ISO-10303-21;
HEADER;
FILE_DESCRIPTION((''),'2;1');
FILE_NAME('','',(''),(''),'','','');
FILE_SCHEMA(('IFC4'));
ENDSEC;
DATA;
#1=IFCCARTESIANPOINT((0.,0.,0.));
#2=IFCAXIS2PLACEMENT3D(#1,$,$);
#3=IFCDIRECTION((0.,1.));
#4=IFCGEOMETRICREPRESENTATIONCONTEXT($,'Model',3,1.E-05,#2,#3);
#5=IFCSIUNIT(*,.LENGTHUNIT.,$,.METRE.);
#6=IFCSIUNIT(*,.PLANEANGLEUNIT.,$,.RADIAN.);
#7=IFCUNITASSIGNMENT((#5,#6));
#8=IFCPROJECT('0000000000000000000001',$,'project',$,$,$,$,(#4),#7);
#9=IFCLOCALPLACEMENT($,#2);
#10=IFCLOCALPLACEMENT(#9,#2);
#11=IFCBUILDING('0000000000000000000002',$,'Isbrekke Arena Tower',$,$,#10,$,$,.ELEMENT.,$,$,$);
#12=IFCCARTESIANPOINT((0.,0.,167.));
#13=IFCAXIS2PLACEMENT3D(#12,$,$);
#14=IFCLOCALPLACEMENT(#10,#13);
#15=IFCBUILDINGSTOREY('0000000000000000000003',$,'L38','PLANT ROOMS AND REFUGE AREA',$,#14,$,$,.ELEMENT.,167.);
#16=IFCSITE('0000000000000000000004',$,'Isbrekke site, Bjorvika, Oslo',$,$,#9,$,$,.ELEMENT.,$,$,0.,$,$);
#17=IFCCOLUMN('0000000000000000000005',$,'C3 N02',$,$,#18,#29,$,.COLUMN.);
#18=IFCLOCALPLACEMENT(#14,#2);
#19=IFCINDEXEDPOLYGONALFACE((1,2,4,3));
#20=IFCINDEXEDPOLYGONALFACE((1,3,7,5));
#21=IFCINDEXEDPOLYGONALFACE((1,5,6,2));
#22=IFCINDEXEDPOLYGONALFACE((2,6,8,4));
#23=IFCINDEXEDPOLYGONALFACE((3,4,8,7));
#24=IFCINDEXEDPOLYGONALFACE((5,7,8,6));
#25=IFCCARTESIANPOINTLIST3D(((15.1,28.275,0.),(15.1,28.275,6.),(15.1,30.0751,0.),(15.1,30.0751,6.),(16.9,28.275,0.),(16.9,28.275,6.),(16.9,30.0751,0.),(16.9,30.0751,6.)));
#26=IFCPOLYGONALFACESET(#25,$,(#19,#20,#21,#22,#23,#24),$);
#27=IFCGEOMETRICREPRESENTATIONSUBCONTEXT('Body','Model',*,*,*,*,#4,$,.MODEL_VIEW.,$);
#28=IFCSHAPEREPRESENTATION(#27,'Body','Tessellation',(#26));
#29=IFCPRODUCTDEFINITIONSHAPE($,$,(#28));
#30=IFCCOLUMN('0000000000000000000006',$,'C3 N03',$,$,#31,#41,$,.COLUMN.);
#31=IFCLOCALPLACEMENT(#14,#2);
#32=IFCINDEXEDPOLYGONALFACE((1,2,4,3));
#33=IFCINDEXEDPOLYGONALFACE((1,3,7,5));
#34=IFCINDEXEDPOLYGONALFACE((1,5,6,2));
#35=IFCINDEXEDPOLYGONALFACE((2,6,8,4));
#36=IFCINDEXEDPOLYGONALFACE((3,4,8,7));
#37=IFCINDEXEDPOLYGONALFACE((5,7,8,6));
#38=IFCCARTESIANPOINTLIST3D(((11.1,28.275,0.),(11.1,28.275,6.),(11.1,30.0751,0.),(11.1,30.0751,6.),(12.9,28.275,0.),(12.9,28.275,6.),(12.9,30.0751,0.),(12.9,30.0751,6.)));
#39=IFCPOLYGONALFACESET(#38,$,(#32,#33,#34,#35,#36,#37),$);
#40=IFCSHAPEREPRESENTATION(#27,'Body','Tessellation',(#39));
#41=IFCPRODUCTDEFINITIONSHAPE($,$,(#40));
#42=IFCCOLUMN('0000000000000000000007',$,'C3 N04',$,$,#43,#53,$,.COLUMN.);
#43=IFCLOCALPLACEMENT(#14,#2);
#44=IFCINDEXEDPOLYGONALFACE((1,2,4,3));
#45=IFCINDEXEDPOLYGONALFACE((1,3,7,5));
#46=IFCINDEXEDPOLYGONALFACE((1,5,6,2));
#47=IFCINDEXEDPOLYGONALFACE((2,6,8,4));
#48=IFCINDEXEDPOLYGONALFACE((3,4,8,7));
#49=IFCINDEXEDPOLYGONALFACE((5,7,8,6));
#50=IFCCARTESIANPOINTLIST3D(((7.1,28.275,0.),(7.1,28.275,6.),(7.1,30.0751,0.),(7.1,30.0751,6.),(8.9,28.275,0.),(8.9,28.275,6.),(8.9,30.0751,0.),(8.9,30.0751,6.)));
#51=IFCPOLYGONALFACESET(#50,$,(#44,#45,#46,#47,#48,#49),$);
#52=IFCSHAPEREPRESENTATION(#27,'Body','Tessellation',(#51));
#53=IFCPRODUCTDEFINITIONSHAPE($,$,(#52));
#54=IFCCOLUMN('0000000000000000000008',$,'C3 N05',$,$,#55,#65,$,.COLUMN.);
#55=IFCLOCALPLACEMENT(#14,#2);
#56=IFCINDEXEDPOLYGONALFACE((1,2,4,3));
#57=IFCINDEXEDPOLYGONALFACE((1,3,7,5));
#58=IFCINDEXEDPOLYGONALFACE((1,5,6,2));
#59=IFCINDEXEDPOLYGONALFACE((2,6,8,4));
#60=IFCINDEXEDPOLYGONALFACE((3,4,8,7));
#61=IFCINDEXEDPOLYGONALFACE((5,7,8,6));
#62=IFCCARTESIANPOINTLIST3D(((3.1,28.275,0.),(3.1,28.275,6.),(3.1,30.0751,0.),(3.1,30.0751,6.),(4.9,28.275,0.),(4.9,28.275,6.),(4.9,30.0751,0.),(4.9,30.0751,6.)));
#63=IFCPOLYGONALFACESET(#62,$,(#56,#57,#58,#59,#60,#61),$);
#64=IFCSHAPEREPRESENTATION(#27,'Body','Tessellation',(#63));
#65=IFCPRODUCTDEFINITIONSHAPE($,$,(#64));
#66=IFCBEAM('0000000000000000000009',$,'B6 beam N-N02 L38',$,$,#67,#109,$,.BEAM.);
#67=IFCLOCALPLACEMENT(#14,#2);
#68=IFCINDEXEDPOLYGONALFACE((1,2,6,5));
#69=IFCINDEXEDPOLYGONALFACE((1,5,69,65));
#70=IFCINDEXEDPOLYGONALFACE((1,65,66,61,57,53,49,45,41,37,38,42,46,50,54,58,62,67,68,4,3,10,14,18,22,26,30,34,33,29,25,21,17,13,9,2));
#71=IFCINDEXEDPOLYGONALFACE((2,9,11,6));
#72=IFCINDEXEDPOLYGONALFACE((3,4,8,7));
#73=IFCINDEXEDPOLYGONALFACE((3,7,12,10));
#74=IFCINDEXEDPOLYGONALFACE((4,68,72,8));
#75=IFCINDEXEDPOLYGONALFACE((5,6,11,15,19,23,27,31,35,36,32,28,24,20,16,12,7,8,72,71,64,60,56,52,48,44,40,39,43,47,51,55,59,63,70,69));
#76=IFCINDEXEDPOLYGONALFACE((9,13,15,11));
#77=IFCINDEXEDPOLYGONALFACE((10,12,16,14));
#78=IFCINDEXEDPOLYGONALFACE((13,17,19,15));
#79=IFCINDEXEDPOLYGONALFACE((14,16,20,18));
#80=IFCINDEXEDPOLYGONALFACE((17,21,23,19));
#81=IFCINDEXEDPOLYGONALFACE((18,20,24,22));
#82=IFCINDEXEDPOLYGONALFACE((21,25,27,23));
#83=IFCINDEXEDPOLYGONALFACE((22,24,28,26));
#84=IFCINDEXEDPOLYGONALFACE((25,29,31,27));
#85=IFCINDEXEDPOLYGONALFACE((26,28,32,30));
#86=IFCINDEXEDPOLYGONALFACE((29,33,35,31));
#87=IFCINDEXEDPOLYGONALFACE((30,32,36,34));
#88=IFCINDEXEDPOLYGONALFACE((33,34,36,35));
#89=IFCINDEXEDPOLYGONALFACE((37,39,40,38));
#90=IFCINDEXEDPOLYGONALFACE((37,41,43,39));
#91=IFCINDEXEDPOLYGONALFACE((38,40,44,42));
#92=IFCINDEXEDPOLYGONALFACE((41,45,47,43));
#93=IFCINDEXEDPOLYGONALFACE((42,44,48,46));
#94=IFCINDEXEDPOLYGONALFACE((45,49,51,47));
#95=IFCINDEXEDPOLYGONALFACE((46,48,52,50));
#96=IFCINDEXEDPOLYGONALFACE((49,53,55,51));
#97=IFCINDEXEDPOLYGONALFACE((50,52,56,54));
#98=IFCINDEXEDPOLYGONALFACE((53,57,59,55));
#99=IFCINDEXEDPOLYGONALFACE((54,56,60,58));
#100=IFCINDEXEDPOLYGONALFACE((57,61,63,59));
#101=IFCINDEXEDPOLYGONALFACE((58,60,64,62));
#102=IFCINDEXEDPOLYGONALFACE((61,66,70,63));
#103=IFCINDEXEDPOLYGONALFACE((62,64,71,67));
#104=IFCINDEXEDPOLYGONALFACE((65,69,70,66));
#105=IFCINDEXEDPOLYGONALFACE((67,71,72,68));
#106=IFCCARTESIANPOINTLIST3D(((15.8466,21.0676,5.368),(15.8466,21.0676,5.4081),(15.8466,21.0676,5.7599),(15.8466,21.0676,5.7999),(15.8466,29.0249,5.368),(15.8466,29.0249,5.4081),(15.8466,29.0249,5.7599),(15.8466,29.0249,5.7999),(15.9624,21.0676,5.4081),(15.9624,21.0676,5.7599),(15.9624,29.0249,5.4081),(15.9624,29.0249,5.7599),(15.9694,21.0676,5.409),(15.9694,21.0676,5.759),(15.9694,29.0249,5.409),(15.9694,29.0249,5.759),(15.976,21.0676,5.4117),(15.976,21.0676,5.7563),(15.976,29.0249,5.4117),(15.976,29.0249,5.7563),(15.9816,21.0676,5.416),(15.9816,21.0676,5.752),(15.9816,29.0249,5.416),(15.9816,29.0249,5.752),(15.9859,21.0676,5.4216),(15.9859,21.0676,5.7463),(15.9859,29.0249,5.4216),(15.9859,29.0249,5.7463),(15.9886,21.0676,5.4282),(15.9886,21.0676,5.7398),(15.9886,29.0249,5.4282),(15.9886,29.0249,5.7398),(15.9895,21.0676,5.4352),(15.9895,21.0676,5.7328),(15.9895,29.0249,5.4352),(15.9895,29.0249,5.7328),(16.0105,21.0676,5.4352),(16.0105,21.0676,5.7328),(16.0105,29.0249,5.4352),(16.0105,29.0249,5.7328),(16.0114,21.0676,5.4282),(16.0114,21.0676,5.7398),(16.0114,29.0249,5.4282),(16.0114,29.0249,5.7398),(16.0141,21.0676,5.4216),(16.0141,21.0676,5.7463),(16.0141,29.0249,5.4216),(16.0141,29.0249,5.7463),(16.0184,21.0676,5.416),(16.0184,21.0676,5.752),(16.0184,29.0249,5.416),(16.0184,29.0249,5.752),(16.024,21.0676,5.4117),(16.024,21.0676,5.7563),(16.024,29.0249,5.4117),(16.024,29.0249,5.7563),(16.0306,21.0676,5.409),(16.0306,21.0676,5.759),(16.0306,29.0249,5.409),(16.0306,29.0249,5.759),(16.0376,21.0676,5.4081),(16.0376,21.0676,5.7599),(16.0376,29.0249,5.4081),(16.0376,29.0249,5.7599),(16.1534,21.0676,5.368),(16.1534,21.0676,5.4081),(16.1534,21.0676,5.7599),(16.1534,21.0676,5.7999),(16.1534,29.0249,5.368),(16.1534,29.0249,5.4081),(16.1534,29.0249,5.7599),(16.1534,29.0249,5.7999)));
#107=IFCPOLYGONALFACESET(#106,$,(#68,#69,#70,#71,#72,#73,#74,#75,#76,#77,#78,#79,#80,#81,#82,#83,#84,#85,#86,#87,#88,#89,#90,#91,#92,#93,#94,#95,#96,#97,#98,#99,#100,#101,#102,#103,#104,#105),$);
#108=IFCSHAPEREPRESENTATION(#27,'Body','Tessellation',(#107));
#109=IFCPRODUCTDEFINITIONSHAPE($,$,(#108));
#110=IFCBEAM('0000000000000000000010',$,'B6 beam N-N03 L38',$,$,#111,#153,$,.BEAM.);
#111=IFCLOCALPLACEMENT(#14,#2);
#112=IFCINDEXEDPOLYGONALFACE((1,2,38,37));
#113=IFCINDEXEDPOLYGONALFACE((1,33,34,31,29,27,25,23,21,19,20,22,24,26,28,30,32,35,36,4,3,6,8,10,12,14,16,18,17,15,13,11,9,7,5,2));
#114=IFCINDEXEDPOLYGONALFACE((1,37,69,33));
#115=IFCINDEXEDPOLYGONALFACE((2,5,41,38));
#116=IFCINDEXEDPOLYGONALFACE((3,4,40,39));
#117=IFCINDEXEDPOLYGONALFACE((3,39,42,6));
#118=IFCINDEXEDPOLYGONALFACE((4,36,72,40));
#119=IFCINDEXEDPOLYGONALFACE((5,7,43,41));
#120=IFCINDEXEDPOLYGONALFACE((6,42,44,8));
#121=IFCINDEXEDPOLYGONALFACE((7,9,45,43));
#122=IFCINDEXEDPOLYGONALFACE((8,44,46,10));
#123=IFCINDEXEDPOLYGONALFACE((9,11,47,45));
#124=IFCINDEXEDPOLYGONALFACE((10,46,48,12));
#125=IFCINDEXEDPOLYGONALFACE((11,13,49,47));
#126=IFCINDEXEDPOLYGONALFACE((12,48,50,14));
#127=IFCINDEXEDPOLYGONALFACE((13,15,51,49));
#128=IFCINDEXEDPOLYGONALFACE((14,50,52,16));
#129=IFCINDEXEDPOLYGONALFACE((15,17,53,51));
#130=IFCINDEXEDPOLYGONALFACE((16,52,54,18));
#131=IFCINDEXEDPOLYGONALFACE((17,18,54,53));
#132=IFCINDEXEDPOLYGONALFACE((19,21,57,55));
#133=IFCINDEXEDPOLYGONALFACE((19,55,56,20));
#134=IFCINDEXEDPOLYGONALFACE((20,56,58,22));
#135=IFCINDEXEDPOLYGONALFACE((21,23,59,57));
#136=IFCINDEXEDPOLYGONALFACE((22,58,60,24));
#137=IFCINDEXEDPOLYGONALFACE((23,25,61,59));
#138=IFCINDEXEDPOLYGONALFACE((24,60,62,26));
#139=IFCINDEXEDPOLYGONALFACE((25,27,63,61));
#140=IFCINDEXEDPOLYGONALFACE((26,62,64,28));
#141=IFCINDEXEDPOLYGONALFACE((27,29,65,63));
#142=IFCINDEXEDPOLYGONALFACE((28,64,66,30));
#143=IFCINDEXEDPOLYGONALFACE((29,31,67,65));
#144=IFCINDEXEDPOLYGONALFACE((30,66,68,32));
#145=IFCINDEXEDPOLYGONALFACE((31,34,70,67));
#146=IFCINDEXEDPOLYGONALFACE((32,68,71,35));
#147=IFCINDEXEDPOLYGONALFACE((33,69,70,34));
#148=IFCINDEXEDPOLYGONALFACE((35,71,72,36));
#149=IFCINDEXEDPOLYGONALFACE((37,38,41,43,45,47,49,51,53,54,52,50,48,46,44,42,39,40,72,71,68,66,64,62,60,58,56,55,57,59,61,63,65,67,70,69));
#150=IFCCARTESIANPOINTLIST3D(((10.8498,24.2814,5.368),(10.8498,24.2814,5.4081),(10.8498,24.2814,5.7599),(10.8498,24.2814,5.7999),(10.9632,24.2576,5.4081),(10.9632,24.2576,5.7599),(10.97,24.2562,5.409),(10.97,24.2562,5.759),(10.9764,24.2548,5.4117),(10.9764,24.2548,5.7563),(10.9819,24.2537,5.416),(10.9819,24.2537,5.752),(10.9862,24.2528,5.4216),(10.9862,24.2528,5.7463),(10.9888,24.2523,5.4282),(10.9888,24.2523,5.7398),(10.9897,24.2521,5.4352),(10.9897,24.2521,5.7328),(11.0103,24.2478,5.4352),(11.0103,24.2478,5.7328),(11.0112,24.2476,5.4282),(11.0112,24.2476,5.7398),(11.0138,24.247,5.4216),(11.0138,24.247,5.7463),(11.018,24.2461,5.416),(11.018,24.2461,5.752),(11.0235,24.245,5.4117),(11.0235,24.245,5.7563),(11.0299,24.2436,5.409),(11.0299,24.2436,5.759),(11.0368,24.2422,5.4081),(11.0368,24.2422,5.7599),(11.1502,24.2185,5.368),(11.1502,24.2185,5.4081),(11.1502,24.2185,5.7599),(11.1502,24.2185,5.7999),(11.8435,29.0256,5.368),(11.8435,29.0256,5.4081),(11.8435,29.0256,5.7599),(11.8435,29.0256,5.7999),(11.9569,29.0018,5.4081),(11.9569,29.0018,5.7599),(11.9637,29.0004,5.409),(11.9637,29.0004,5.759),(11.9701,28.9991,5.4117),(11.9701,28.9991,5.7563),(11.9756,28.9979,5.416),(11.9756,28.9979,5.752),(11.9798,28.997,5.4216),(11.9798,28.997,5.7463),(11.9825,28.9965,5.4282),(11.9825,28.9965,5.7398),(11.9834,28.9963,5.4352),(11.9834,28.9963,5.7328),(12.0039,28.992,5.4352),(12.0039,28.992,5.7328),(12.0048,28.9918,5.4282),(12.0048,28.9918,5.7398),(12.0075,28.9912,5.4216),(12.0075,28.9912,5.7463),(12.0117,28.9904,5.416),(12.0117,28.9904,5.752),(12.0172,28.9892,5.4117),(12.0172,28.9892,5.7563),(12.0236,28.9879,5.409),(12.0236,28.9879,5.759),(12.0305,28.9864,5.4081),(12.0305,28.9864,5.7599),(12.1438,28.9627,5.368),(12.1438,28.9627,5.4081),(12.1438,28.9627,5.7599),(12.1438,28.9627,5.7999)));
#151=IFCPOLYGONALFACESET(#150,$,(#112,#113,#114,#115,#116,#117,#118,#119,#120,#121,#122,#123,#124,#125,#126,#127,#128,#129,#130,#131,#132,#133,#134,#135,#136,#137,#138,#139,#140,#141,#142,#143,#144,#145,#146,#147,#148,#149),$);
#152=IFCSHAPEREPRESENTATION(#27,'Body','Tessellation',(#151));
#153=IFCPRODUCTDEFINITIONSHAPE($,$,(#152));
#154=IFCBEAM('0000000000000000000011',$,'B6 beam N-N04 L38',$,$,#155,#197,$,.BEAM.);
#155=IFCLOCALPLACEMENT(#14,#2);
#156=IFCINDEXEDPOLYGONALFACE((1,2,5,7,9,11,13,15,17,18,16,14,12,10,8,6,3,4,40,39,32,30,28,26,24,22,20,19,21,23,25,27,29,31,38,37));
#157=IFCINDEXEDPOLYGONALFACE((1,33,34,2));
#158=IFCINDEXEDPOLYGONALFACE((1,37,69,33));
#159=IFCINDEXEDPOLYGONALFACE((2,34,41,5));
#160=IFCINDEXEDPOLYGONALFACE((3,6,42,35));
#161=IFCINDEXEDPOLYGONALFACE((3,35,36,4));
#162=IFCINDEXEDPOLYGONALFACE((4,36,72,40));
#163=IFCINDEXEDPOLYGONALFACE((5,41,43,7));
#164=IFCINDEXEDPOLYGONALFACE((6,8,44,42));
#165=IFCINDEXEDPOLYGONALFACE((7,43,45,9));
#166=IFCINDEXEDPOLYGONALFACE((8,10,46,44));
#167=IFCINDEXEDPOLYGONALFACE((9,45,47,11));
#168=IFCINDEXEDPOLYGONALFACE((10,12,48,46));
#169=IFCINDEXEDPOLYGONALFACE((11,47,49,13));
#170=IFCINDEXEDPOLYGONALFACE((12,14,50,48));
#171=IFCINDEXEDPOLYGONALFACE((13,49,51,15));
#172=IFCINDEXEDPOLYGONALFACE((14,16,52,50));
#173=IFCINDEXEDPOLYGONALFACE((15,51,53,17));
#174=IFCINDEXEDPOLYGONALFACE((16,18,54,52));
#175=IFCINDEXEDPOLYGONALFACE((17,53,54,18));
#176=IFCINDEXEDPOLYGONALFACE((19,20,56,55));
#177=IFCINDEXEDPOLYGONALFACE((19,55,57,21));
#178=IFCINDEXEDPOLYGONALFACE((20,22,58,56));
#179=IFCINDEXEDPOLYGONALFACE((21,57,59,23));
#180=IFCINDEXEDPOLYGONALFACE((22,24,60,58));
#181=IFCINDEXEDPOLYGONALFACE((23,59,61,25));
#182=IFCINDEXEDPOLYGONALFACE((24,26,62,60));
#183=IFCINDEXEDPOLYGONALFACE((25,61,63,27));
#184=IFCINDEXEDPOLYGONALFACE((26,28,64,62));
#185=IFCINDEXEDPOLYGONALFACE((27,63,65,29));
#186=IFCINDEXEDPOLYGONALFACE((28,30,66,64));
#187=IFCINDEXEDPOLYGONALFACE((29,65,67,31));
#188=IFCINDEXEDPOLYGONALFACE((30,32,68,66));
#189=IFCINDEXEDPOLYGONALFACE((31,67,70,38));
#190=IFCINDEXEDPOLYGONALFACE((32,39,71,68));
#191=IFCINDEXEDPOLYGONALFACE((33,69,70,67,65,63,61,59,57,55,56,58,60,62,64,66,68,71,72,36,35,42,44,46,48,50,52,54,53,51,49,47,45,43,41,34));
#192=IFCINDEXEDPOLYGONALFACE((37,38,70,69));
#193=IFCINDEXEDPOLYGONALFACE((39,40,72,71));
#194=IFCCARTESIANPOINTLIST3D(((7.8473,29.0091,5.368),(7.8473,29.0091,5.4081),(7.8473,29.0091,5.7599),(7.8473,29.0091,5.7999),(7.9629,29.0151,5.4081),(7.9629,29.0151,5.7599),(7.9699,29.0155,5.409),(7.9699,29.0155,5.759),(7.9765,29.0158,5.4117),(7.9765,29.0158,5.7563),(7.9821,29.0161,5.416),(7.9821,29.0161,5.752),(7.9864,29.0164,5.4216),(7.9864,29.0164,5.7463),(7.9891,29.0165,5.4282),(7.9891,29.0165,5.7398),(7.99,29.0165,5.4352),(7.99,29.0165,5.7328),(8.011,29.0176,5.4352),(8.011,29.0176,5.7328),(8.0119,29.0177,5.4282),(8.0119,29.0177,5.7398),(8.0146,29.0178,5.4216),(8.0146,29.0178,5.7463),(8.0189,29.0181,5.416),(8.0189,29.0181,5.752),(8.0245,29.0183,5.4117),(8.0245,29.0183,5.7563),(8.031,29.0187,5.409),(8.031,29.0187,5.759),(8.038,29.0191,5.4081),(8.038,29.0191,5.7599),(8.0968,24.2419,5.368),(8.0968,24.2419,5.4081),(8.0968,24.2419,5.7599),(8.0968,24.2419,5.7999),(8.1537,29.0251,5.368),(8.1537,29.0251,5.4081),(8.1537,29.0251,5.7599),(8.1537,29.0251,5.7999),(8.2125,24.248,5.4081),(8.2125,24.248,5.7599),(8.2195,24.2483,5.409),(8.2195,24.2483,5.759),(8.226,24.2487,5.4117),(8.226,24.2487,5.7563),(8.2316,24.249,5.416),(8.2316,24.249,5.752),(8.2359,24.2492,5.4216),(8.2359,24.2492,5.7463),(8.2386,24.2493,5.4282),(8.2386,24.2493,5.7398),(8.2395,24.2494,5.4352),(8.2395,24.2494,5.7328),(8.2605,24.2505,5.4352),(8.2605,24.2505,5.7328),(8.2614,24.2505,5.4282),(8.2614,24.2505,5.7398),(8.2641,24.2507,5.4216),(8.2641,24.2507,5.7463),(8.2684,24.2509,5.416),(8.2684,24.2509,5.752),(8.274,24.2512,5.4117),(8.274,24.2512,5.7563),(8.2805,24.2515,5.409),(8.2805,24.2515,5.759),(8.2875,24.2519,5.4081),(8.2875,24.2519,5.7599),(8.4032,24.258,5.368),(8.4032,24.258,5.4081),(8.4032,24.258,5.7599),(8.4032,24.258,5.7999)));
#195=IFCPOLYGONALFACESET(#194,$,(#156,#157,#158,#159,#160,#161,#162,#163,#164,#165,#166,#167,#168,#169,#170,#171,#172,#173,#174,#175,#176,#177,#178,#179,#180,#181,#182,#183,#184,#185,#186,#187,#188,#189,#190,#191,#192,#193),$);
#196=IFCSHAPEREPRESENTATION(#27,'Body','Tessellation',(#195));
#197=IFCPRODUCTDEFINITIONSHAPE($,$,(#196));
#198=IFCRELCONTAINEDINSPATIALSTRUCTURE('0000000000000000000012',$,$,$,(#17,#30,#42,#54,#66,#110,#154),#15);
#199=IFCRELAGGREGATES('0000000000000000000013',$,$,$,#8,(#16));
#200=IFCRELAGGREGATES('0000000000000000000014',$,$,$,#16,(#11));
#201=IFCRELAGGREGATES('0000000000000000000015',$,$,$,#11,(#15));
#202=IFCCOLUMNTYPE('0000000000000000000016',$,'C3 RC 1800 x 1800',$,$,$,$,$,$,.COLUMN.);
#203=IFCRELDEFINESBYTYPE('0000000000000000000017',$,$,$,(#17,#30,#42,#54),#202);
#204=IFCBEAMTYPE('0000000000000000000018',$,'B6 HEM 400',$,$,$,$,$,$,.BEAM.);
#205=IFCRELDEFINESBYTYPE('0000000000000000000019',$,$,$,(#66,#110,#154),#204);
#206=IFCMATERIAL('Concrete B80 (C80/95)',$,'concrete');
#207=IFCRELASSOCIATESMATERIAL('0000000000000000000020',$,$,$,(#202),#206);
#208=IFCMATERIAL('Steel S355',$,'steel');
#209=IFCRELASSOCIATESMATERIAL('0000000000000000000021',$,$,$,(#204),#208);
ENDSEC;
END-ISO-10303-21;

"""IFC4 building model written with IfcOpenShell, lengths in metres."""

from ifc_helpers import new_model, si_unit, direction, frame, origin, origin_2d, place, context, subcontext, project, spatial, rectangle, i_section, extrude, material, material_profile, profile_set, type_object, element, save


model = new_model("IFC4")

# Units and contexts
model_context = context("Model", 3, precision=1e-05, world=origin(), true_north=direction((0.0, 1.0)))
body_context = subcontext(model_context, "Body", "Model", "MODEL_VIEW")
ifc_project = project(units=[si_unit("LENGTHUNIT", "METRE"), si_unit("PLANEANGLEUNIT", "RADIAN")], contexts=[model_context])

# Site, building, storey
site_placement = place(None, origin())
site = spatial("IfcSite", under=ifc_project, at=site_placement, Name="Isbrekke site, Bjorvika, Oslo", CompositionType="ELEMENT", RefElevation=0.0)
building_placement = place(site_placement, origin())
building = spatial("IfcBuilding", under=site, at=building_placement, Name="Isbrekke Arena Tower", CompositionType="ELEMENT")
storey_placement = place(building_placement, frame((0.0, 0.0, 167.0)))
storey = spatial("IfcBuildingStorey", under=building, at=storey_placement, Name="L38", Description="PLANT ROOMS AND REFUGE AREA", CompositionType="ELEMENT", Elevation=167.0)

# Columns
ifc_material_1 = material(Name="Concrete B80 (C80/95)", Category="concrete")
ifc_material_profile_1 = material_profile(ifc_material_1, rectangle(XDim=1.8, YDim=1.8, at=origin_2d()), Name="RC 1800x1800")
ifc_profile_set_1 = profile_set([ifc_material_profile_1], Name="Concrete B80 (C80/95)")
column_type = type_object("IfcColumnType", Name="C3 RC 1800 x 1800", PredefinedType="COLUMN", material=ifc_profile_set_1)
for number, where, z_axis, x_axis, name in (
    (1, (16.0, 29.175, 0.0), (0.0, 0.0, 1.0), (-1.0, 0.0, 0.0), "C3 N02"),
    (2, (12.0, 29.175, 0.0), (0.0, 0.0, 1.0), (-1.0, 0.0, 0.0), "C3 N03"),
    (3, (8.0, 29.175, 0.0), (0.0, 0.0, 1.0), (-1.0, 0.0, 0.0), "C3 N04"),
    (4, (4.0, 29.175, 0.0), (0.0, 0.0, 1.0), (-1.0, 0.0, 0.0), "C3 N05"),
):
    element("IfcColumn", number, at=place(storey_placement, frame(where, z_axis=z_axis, x_axis=x_axis)), inside=storey, type_object=column_type, Name=name, PredefinedType="COLUMN", context=body_context, shape_type="SweptSolid", body=[
        extrude(rectangle(XDim=1.8, YDim=1.8, at=origin_2d()), origin(), (0.0, 0.0, 1.0), 6.0),
    ])

# Beams
ifc_material_2 = material(Name="Steel S355", Category="steel")
ifc_material_profile_2 = material_profile(ifc_material_2, i_section(OverallWidth=0.3069, OverallDepth=0.4319, WebThickness=0.021, FlangeThickness=0.04, FilletRadius=0.0271, at=origin_2d()), Name="HEM 400")
ifc_profile_set_2 = profile_set([ifc_material_profile_2], Name="Steel S355")
beam_type_1 = type_object("IfcBeamType", Name="B6 HEM 400", PredefinedType="BEAM", material=ifc_profile_set_2)
beam_1_placement = place(storey_placement, frame((16.0, 29.0249, 5.584), z_axis=(0.0, -1.0, 0.0), x_axis=(1.0, 0.0, 0.0)))
element("IfcBeam", 5, at=beam_1_placement, inside=storey, type_object=beam_type_1, Name="B6 beam N-N02 L38", PredefinedType="BEAM", context=body_context, shape_type="SweptSolid", body=[
    extrude(i_section(OverallWidth=0.3069, OverallDepth=0.4319, WebThickness=0.021, FlangeThickness=0.04, FilletRadius=0.0271, at=origin_2d()), origin(), (0.0, 0.0, 1.0), 7.9573),
])
beam_2_placement = place(storey_placement, frame((11.9937, 28.9941, 5.584), z_axis=(-0.205, -0.978762, 0.0), x_axis=(0.978762, -0.205, 0.0)))
element("IfcBeam", 6, at=beam_2_placement, inside=storey, type_object=beam_type_1, Name="B6 beam N-N03 L38", PredefinedType="BEAM", context=body_context, shape_type="SweptSolid", body=[
    extrude(i_section(OverallWidth=0.3069, OverallDepth=0.4319, WebThickness=0.021, FlangeThickness=0.04, FilletRadius=0.0271, at=origin_2d()), origin(), (0.0, 0.0, 1.0), 4.8472),
])
beam_3_placement = place(storey_placement, frame((8.0005, 29.0171, 5.584), z_axis=(0.052269, -0.998633, 0.0), x_axis=(0.998633, 0.052269, 0.0)))
element("IfcBeam", 7, at=beam_3_placement, inside=storey, type_object=beam_type_1, Name="B6 beam N-N04 L38", PredefinedType="BEAM", context=body_context, shape_type="SweptSolid", body=[
    extrude(i_section(OverallWidth=0.3069, OverallDepth=0.4319, WebThickness=0.021, FlangeThickness=0.04, FilletRadius=0.0271, at=origin_2d()), origin(), (0.0, 0.0, 1.0), 4.7737),
])

save(model, "model.ifc")
